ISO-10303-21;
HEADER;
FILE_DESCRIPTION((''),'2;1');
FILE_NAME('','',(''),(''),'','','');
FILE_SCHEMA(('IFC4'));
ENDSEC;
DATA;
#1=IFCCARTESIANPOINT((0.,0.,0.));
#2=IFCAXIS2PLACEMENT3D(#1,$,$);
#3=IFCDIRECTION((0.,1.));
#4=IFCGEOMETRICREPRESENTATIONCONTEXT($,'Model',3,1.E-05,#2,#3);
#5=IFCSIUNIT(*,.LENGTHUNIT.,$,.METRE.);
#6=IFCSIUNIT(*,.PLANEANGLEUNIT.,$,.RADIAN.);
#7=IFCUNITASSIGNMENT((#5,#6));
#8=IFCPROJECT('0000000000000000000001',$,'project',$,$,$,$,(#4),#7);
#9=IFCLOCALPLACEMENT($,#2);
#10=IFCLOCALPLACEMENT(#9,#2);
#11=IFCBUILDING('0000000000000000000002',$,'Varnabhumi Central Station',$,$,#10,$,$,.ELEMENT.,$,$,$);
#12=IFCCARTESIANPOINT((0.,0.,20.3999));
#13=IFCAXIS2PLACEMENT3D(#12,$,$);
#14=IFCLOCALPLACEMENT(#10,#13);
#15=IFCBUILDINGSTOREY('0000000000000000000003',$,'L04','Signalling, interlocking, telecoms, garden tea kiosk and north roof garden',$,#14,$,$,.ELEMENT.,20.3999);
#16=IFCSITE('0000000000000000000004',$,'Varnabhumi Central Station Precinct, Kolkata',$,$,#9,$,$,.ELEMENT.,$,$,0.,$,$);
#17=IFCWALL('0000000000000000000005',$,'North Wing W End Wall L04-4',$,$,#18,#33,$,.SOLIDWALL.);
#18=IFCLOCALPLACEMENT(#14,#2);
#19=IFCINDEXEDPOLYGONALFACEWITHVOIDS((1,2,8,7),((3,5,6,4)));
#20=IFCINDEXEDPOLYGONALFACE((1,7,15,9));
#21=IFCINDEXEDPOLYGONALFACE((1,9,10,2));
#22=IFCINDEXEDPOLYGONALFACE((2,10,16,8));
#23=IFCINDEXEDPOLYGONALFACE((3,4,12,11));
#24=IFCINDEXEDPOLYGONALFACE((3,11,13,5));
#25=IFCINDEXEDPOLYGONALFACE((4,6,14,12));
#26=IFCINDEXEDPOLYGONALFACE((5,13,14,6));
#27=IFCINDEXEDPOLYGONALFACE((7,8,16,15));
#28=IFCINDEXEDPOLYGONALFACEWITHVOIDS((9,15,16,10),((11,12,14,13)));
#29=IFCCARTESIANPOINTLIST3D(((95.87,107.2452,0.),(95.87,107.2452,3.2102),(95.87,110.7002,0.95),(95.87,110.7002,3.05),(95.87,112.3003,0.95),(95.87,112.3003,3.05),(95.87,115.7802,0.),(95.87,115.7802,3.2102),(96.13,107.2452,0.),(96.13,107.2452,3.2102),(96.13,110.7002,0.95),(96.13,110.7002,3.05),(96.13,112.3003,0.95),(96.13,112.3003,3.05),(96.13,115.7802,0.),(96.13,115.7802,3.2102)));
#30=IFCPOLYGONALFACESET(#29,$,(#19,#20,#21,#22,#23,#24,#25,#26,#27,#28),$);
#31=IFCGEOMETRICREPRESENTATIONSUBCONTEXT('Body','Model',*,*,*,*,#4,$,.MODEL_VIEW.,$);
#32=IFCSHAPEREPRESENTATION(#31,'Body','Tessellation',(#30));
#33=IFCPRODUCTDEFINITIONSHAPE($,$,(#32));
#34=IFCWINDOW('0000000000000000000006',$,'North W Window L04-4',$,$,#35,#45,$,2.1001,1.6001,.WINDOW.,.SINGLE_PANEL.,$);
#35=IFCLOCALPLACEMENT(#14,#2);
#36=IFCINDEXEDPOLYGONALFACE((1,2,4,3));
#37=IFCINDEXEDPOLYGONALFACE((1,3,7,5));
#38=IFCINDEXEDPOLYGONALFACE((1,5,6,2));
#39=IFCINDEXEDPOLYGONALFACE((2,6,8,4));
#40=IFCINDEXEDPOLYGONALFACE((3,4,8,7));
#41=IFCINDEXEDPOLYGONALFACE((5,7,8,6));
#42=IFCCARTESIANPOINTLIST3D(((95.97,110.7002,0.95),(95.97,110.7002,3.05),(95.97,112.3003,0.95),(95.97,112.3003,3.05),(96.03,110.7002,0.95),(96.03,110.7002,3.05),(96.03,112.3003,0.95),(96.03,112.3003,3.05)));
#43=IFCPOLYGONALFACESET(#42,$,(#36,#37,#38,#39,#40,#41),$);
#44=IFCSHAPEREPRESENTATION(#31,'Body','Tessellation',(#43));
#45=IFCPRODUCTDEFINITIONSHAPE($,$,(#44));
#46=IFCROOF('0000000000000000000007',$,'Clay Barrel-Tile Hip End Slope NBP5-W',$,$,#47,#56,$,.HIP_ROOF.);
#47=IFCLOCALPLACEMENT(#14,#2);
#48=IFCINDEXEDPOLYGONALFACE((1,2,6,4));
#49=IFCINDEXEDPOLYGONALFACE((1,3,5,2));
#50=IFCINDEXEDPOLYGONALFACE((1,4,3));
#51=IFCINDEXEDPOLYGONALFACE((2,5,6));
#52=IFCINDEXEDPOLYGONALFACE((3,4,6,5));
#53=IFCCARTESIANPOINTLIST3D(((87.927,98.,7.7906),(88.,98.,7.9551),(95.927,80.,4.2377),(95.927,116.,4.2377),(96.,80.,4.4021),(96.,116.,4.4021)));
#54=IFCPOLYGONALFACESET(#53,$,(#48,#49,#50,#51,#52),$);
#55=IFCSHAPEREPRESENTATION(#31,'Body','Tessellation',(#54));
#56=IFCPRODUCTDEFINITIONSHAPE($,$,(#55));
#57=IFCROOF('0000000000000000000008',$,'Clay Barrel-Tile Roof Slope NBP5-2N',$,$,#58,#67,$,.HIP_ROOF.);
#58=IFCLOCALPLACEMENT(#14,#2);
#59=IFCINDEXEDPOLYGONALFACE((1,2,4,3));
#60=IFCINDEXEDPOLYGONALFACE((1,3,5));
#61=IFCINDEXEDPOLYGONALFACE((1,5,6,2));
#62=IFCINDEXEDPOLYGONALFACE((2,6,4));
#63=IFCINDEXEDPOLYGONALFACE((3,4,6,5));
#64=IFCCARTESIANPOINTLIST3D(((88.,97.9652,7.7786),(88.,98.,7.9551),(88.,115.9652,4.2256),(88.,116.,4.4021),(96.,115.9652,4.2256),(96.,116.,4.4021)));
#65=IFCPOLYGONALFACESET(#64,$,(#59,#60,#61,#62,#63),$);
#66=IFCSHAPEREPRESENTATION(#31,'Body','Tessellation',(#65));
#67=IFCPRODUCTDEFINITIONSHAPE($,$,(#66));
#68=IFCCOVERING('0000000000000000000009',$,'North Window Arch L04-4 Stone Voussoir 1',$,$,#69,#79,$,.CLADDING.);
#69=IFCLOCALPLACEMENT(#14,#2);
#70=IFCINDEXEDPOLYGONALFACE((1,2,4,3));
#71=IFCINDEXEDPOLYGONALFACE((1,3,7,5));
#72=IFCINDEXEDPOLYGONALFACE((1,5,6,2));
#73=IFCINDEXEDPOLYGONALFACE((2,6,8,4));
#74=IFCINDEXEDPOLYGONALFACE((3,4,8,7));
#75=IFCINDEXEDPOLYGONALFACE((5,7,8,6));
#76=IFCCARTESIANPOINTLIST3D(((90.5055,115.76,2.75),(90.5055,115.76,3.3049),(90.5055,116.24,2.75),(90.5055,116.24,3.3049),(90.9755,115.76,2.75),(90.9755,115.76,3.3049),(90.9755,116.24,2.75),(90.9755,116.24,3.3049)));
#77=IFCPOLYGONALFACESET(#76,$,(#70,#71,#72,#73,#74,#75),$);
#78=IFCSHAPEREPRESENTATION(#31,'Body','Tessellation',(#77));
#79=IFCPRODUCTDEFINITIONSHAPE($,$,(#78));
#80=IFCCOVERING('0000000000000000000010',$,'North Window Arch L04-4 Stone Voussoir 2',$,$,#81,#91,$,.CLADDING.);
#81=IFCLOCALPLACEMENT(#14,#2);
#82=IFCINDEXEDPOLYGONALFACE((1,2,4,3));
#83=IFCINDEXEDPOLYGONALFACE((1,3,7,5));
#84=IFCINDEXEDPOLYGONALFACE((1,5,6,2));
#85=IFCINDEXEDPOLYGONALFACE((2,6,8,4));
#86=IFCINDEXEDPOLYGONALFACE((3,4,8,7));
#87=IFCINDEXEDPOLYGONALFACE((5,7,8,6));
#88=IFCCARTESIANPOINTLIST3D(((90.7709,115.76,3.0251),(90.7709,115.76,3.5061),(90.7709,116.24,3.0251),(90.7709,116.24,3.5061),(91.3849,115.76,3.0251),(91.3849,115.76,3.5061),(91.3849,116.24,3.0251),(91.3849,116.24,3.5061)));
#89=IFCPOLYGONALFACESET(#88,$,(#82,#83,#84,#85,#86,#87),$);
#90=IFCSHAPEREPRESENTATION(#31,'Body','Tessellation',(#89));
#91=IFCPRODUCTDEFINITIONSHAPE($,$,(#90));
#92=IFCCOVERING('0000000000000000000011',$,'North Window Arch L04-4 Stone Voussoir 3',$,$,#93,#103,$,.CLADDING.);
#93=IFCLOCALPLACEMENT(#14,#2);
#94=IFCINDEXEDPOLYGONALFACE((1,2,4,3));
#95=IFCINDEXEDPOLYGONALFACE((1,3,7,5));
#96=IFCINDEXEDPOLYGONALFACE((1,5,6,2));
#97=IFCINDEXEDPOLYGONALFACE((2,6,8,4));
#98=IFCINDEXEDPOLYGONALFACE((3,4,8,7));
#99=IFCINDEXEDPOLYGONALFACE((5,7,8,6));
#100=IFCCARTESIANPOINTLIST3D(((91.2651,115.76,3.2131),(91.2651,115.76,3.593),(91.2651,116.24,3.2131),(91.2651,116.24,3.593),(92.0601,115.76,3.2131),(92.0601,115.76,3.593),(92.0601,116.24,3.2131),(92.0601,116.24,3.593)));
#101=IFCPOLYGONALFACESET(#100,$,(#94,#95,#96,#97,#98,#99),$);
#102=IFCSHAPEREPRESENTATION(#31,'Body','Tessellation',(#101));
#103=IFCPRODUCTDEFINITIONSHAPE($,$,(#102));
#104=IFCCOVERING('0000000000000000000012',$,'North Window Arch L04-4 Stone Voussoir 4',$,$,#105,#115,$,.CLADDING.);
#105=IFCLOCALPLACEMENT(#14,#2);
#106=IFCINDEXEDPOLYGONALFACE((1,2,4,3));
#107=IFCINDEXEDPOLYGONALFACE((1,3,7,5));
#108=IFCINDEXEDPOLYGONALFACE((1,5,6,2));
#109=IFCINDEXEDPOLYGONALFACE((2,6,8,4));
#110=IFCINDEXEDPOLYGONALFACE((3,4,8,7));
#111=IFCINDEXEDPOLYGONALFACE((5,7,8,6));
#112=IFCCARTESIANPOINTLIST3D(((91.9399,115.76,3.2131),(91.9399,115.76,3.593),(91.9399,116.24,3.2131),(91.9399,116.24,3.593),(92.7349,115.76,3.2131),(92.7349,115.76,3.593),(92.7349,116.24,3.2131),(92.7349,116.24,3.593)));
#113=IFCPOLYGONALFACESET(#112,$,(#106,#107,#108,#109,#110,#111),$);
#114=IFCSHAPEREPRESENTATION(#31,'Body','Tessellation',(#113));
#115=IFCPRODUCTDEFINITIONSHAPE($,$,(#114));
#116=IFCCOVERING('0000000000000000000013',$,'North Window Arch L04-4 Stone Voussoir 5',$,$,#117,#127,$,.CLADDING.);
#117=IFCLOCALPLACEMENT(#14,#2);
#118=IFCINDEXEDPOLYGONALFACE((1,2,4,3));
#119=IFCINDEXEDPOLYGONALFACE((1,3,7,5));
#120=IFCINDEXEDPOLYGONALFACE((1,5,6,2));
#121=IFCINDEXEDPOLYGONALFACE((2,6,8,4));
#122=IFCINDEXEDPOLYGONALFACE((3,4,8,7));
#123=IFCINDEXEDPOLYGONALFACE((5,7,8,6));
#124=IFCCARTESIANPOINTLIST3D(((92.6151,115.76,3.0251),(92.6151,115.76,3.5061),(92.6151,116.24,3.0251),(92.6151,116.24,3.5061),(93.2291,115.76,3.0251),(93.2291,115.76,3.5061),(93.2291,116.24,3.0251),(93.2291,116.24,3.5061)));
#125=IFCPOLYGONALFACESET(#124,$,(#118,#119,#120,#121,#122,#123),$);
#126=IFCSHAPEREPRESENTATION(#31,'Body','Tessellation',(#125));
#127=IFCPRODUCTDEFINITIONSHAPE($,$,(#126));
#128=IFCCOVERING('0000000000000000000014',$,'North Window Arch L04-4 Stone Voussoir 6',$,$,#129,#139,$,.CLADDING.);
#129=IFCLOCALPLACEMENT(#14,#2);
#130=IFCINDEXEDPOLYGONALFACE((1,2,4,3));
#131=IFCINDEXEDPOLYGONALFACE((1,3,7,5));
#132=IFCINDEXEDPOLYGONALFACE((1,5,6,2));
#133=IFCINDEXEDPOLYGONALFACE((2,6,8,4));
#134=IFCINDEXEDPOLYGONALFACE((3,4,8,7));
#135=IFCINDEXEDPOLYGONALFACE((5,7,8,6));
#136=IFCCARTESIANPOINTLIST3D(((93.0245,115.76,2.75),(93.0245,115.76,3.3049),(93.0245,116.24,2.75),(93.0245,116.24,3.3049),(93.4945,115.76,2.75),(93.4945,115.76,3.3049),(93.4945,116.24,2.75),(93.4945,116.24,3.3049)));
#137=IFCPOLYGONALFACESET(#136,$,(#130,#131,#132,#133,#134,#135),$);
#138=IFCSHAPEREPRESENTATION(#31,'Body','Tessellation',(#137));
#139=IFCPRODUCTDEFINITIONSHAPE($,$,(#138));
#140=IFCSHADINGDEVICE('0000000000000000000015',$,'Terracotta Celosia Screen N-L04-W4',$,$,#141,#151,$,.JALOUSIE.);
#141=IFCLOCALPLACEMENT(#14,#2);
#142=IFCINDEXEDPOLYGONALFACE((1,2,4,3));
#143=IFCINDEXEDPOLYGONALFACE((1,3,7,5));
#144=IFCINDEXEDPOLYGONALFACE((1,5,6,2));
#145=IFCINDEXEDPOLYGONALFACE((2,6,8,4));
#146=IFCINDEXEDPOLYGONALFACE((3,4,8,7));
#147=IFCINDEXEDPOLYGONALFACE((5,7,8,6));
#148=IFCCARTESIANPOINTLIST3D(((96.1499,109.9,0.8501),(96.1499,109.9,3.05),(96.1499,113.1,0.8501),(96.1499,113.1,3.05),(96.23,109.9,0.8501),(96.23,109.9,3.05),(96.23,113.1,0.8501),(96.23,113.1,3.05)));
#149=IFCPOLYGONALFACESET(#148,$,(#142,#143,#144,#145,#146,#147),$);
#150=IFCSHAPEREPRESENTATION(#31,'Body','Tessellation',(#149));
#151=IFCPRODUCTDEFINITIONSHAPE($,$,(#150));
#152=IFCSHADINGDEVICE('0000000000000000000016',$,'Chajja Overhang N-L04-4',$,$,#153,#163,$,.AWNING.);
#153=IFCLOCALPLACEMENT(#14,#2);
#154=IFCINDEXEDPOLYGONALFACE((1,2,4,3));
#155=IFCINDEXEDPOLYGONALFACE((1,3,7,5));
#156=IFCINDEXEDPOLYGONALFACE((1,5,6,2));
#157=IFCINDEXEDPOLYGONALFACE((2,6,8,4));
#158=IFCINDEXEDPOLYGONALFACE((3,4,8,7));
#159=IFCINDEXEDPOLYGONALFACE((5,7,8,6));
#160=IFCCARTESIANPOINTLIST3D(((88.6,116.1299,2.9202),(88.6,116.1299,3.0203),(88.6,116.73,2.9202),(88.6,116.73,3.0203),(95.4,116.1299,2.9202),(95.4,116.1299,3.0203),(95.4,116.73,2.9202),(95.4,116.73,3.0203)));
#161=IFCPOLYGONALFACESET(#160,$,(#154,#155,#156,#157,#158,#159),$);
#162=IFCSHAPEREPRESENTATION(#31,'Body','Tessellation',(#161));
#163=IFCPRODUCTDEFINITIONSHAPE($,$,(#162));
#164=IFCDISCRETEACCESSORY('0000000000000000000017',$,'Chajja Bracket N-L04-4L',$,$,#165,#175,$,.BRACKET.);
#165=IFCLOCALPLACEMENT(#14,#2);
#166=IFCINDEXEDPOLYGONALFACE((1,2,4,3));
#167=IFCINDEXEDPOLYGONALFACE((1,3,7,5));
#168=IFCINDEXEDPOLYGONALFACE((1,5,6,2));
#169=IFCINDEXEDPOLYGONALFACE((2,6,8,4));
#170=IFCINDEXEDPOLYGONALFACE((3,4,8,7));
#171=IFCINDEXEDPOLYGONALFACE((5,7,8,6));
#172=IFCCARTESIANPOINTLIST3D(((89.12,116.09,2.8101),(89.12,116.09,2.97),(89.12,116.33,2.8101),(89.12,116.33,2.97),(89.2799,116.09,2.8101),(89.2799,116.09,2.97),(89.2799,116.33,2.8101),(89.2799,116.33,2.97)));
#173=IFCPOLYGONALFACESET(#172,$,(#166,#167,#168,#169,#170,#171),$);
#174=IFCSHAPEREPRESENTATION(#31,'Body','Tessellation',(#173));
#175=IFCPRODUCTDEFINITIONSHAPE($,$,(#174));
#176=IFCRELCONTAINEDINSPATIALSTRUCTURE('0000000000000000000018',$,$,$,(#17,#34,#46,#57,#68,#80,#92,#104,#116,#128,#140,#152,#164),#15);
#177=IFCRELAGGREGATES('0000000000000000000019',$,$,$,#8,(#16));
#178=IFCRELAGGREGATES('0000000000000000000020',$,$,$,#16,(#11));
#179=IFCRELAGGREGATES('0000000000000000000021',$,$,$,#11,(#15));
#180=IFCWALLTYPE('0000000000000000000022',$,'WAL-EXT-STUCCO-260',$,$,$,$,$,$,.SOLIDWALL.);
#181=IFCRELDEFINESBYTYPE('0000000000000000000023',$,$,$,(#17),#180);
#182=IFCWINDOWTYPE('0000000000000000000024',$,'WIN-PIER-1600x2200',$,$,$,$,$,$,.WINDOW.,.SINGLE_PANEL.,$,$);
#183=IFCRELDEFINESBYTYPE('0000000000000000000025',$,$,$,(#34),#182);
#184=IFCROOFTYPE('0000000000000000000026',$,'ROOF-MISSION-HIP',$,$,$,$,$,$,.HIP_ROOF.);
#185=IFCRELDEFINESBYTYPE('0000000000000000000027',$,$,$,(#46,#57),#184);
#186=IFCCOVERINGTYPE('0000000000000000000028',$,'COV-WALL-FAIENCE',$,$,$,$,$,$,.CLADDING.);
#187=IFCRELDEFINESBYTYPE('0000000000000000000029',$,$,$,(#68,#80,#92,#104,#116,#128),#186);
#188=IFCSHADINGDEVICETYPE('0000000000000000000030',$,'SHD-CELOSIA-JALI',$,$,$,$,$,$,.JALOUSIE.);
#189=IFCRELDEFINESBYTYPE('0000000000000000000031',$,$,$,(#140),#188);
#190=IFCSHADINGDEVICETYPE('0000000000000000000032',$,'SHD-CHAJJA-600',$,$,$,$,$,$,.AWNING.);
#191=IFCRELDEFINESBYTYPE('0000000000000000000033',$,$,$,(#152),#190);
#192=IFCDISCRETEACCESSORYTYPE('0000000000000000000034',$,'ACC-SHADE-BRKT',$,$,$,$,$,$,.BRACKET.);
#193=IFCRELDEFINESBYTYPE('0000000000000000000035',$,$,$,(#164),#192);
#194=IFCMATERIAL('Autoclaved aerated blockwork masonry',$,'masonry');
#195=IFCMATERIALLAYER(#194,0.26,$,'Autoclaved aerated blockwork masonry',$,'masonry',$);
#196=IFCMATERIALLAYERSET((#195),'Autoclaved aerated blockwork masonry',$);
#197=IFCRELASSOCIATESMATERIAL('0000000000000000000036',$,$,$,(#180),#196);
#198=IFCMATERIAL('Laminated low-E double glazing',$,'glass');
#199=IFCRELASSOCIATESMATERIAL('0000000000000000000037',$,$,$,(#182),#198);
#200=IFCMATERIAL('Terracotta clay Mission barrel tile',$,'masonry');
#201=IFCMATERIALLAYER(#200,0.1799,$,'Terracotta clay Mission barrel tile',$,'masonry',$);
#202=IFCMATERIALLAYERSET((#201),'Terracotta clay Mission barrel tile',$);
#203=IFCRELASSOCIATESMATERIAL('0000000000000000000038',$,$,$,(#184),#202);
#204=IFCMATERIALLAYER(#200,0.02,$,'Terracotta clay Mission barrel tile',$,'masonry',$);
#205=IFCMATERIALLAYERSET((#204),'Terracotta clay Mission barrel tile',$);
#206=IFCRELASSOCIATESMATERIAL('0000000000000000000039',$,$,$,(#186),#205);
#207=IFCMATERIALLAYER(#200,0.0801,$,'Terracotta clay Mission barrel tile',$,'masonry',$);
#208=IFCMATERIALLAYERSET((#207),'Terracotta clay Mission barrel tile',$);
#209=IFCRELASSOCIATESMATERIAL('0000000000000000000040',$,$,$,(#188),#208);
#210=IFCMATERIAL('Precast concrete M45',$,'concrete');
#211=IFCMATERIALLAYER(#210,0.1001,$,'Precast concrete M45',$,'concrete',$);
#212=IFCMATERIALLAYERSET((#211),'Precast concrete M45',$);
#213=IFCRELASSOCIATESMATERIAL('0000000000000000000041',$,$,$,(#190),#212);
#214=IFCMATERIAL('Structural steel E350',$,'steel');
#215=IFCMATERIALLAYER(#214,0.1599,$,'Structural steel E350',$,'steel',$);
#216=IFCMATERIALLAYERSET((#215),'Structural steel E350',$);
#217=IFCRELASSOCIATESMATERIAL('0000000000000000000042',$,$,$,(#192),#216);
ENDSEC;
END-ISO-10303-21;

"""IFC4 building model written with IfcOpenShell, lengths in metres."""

from ifc_helpers import new_model, si_unit, direction, frame, frame_2d, origin, origin_2d, place, context, subcontext, project, spatial, polyline, rectangle, outline, extrude, material, layer, layer_set, type_object, element, fill, save


model = new_model("IFC4")

# Units and contexts
model_context = context("Model", 3, precision=1e-05, world=origin(), true_north=direction((0.0, 1.0)))
body_context = subcontext(model_context, "Body", "Model", "MODEL_VIEW")
ifc_project = project(units=[si_unit("LENGTHUNIT", "METRE"), si_unit("PLANEANGLEUNIT", "RADIAN")], contexts=[model_context])

# Site, building, storey
site_placement = place(None, origin())
site = spatial("IfcSite", under=ifc_project, at=site_placement, Name="Varnabhumi Central Station Precinct, Kolkata", CompositionType="ELEMENT", RefElevation=0.0)
building_placement = place(site_placement, origin())
building = spatial("IfcBuilding", under=site, at=building_placement, Name="Varnabhumi Central Station", CompositionType="ELEMENT")
storey_placement = place(building_placement, frame((0.0, 0.0, 20.3999)))
storey = spatial("IfcBuildingStorey", under=building, at=storey_placement, Name="L04", Description="Signalling, interlocking, telecoms, garden tea kiosk and north roof garden", CompositionType="ELEMENT", Elevation=20.3999)

# Shared definitions
ifc_material_1 = material(Name="Structural steel E350", Category="steel")

# Wall, opening, window
ifc_material_2 = material(Name="Autoclaved aerated blockwork masonry", Category="masonry")
ifc_layer_1 = layer(ifc_material_2, 0.26, Name="Autoclaved aerated blockwork masonry", Category="masonry")
ifc_layer_set_1 = layer_set([ifc_layer_1], Name="Autoclaved aerated blockwork masonry")
wall_type = type_object("IfcWallType", Name="WAL-EXT-STUCCO-260", PredefinedType="SOLIDWALL", material=ifc_layer_set_1)
ifc_material_3 = material(Name="Laminated low-E double glazing", Category="glass")
wall_1_placement = place(storey_placement, frame((96.0, 107.2451, 0.0), z_axis=(0.0, 0.0, 1.0), x_axis=(0.0, 1.0, 0.0)))
wall_1 = element("IfcWall", 1, at=wall_1_placement, inside=storey, type_object=wall_type, Name="North Wing W End Wall L04-4", PredefinedType="SOLIDWALL", context=body_context, shape_type="SweptSolid", body=[
    extrude(rectangle(XDim=8.5349, YDim=0.26, at=frame_2d((4.2676, 0.0))), origin(), (0.0, 0.0, 1.0), 3.2102),
])
opening_1_placement = place(wall_1_placement, frame((3.4551, 0.0, 0.95)))
opening_1 = element("IfcOpeningElement", 2, at=opening_1_placement, cuts=wall_1, PredefinedType="OPENING", context=body_context, shape_type="SweptSolid", body=[
    extrude(rectangle(XDim=1.6001, YDim=2.1001, at=frame_2d((0.8, 1.05))), frame((0.0, 0.1399, 0.0), z_axis=(0.0, -1.0, 0.0), x_axis=(1.0, 0.0, 0.0)), (0.0, 0.0, 1.0), 0.28),
])
window_type_1 = type_object("IfcWindowType", Name="WIN-PIER-1600x2200", PartitioningType="SINGLE_PANEL", PredefinedType="WINDOW", material=ifc_material_3)
window_1_placement = place(opening_1_placement, origin())
window_1 = element("IfcWindow", 3, at=window_1_placement, inside=storey, type_object=window_type_1, Name="North W Window L04-4", OverallHeight=2.1001, OverallWidth=1.6001, PartitioningType="SINGLE_PANEL", PredefinedType="WINDOW", context=body_context, shape_type="SweptSolid", body=[
    extrude(rectangle(XDim=1.6001, YDim=2.1001, at=frame_2d((0.8, 1.05))), frame((0.0, 0.03, 0.0), z_axis=(0.0, -1.0, 0.0), x_axis=(1.0, 0.0, 0.0)), (0.0, 0.0, 1.0), 0.0601),
])
fill(opening_1, window_1)

# Roofs
ifc_material_4 = material(Name="Terracotta clay Mission barrel tile", Category="masonry")
ifc_layer_2 = layer(ifc_material_4, 0.1799, Name="Terracotta clay Mission barrel tile", Category="masonry")
ifc_layer_set_2 = layer_set([ifc_layer_2], Name="Terracotta clay Mission barrel tile")
roof_type = type_object("IfcRoofType", Name="ROOF-MISSION-HIP", PredefinedType="HIP_ROOF", material=ifc_layer_set_2)
roof_1_placement = place(storey_placement, frame((96.0, 116.0, 4.4021), z_axis=(0.405893, 0.0, 0.913921), x_axis=(0.0, -1.0, 0.0)))
element("IfcRoof", 4, at=roof_1_placement, inside=storey, type_object=roof_type, Name="Clay Barrel-Tile Hip End Slope NBP5-W", PredefinedType="HIP_ROOF", context=body_context, shape_type="SweptSolid", body=[
    extrude(outline(polyline([(0.0, 0.0), (36.0, 0.0), (18.0, -8.7535), (0.0, 0.0)])), origin(), (0.0, 0.0, -1.0), 0.1799),
])
roof_2_placement = place(storey_placement, frame((96.0, 116.0, 4.4021), z_axis=(0.0, 0.193651, 0.98107), x_axis=(-1.0, 0.0, 0.0)))
element("IfcRoof", 5, at=roof_2_placement, inside=storey, type_object=roof_type, Name="Clay Barrel-Tile Roof Slope NBP5-2N", PredefinedType="HIP_ROOF", context=body_context, shape_type="SweptSolid", body=[
    extrude(outline(polyline([(0.0, 0.0), (8.0, 0.0), (8.0, 18.3473), (0.0, 0.0)])), origin(), (0.0, 0.0, -1.0), 0.1799),
])

# Coverings
ifc_layer_3 = layer(ifc_material_4, 0.02, Name="Terracotta clay Mission barrel tile", Category="masonry")
ifc_layer_set_3 = layer_set([ifc_layer_3], Name="Terracotta clay Mission barrel tile")
covering_type = type_object("IfcCoveringType", Name="COV-WALL-FAIENCE", PredefinedType="CLADDING", material=ifc_layer_set_3)
covering_1_placement = place(storey_placement, frame((90.7405, 116.0, 2.75), z_axis=(0.0, 0.0, 1.0), x_axis=(1.0, 0.0, 0.0)))
element("IfcCovering", 6, at=covering_1_placement, inside=storey, type_object=covering_type, Name="North Window Arch L04-4 Stone Voussoir 1", PredefinedType="CLADDING", context=body_context, shape_type="SweptSolid", body=[
    extrude(rectangle(XDim=0.47, YDim=0.48, at=origin_2d()), origin(), (0.0, 0.0, 1.0), 0.5549),
])
covering_2_placement = place(storey_placement, frame((91.0779, 116.0, 3.0251), z_axis=(0.0, 0.0, 1.0), x_axis=(1.0, 0.0, 0.0)))
element("IfcCovering", 7, at=covering_2_placement, inside=storey, type_object=covering_type, Name="North Window Arch L04-4 Stone Voussoir 2", PredefinedType="CLADDING", context=body_context, shape_type="SweptSolid", body=[
    extrude(rectangle(XDim=0.614, YDim=0.48, at=origin_2d()), origin(), (0.0, 0.0, 1.0), 0.481),
])
for number, where, z_axis, x_axis, name in (
    (8, (91.6626, 116.0, 3.2131), (0.0, 0.0, 1.0), (1.0, 0.0, 0.0), "North Window Arch L04-4 Stone Voussoir 3"),
    (9, (92.3374, 116.0, 3.2131), (0.0, 0.0, 1.0), (1.0, 0.0, 0.0), "North Window Arch L04-4 Stone Voussoir 4"),
):
    element("IfcCovering", number, at=place(storey_placement, frame(where, z_axis=z_axis, x_axis=x_axis)), inside=storey, type_object=covering_type, Name=name, PredefinedType="CLADDING", context=body_context, shape_type="SweptSolid", body=[
        extrude(rectangle(XDim=0.7949, YDim=0.48, at=origin_2d()), origin(), (0.0, 0.0, 1.0), 0.3799),
    ])
covering_3_placement = place(storey_placement, frame((92.9221, 116.0, 3.0251), z_axis=(0.0, 0.0, 1.0), x_axis=(1.0, 0.0, 0.0)))
element("IfcCovering", 10, at=covering_3_placement, inside=storey, type_object=covering_type, Name="North Window Arch L04-4 Stone Voussoir 5", PredefinedType="CLADDING", context=body_context, shape_type="SweptSolid", body=[
    extrude(rectangle(XDim=0.614, YDim=0.48, at=origin_2d()), origin(), (0.0, 0.0, 1.0), 0.481),
])
covering_4_placement = place(storey_placement, frame((93.2595, 116.0, 2.75), z_axis=(0.0, 0.0, 1.0), x_axis=(1.0, 0.0, 0.0)))
element("IfcCovering", 11, at=covering_4_placement, inside=storey, type_object=covering_type, Name="North Window Arch L04-4 Stone Voussoir 6", PredefinedType="CLADDING", context=body_context, shape_type="SweptSolid", body=[
    extrude(rectangle(XDim=0.47, YDim=0.48, at=origin_2d()), origin(), (0.0, 0.0, 1.0), 0.5549),
])

# Shading devices
ifc_layer_4 = layer(ifc_material_4, 0.0801, Name="Terracotta clay Mission barrel tile", Category="masonry")
ifc_layer_set_4 = layer_set([ifc_layer_4], Name="Terracotta clay Mission barrel tile")
shading_device_type_1 = type_object("IfcShadingDeviceType", Name="SHD-CELOSIA-JALI", PredefinedType="JALOUSIE", material=ifc_layer_set_4)
shading_device_1_placement = place(storey_placement, frame((96.1899, 111.5, 0.8501), z_axis=(0.0, 0.0, 1.0), x_axis=(1.0, 0.0, 0.0)))
element("IfcShadingDevice", 12, at=shading_device_1_placement, inside=storey, type_object=shading_device_type_1, Name="Terracotta Celosia Screen N-L04-W4", PredefinedType="JALOUSIE", context=body_context, shape_type="SweptSolid", body=[
    extrude(rectangle(XDim=0.0801, YDim=3.2, at=origin_2d()), origin(), (0.0, 0.0, 1.0), 2.2),
])
ifc_material_5 = material(Name="Precast concrete M45", Category="concrete")
ifc_layer_5 = layer(ifc_material_5, 0.1001, Name="Precast concrete M45", Category="concrete")
ifc_layer_set_5 = layer_set([ifc_layer_5], Name="Precast concrete M45")
shading_device_type_2 = type_object("IfcShadingDeviceType", Name="SHD-CHAJJA-600", PredefinedType="AWNING", material=ifc_layer_set_5)
shading_device_2_placement = place(storey_placement, frame((92.0, 116.4299, 2.9202), z_axis=(0.0, 0.0, 1.0), x_axis=(1.0, 0.0, 0.0)))
element("IfcShadingDevice", 13, at=shading_device_2_placement, inside=storey, type_object=shading_device_type_2, Name="Chajja Overhang N-L04-4", PredefinedType="AWNING", context=body_context, shape_type="SweptSolid", body=[
    extrude(rectangle(XDim=6.8, YDim=0.6001, at=origin_2d()), origin(), (0.0, 0.0, 1.0), 0.1001),
])

# Discrete accessory
ifc_layer_6 = layer(ifc_material_1, 0.1599, Name="Structural steel E350", Category="steel")
ifc_layer_set_6 = layer_set([ifc_layer_6], Name="Structural steel E350")
discrete_accessory_type = type_object("IfcDiscreteAccessoryType", Name="ACC-SHADE-BRKT", PredefinedType="BRACKET", material=ifc_layer_set_6)
for number, where, z_axis, x_axis, name in (
    (14, (89.2, 116.21, 2.8101), (0.0, 0.0, 1.0), (1.0, 0.0, 0.0), "Chajja Bracket N-L04-4L"),
):
    element("IfcDiscreteAccessory", number, at=place(storey_placement, frame(where, z_axis=z_axis, x_axis=x_axis)), inside=storey, type_object=discrete_accessory_type, Name=name, PredefinedType="BRACKET", context=body_context, shape_type="SweptSolid", body=[
        extrude(rectangle(XDim=0.1599, YDim=0.24, at=origin_2d()), origin(), (0.0, 0.0, 1.0), 0.1599),
    ])

save(model, "model.ifc")
